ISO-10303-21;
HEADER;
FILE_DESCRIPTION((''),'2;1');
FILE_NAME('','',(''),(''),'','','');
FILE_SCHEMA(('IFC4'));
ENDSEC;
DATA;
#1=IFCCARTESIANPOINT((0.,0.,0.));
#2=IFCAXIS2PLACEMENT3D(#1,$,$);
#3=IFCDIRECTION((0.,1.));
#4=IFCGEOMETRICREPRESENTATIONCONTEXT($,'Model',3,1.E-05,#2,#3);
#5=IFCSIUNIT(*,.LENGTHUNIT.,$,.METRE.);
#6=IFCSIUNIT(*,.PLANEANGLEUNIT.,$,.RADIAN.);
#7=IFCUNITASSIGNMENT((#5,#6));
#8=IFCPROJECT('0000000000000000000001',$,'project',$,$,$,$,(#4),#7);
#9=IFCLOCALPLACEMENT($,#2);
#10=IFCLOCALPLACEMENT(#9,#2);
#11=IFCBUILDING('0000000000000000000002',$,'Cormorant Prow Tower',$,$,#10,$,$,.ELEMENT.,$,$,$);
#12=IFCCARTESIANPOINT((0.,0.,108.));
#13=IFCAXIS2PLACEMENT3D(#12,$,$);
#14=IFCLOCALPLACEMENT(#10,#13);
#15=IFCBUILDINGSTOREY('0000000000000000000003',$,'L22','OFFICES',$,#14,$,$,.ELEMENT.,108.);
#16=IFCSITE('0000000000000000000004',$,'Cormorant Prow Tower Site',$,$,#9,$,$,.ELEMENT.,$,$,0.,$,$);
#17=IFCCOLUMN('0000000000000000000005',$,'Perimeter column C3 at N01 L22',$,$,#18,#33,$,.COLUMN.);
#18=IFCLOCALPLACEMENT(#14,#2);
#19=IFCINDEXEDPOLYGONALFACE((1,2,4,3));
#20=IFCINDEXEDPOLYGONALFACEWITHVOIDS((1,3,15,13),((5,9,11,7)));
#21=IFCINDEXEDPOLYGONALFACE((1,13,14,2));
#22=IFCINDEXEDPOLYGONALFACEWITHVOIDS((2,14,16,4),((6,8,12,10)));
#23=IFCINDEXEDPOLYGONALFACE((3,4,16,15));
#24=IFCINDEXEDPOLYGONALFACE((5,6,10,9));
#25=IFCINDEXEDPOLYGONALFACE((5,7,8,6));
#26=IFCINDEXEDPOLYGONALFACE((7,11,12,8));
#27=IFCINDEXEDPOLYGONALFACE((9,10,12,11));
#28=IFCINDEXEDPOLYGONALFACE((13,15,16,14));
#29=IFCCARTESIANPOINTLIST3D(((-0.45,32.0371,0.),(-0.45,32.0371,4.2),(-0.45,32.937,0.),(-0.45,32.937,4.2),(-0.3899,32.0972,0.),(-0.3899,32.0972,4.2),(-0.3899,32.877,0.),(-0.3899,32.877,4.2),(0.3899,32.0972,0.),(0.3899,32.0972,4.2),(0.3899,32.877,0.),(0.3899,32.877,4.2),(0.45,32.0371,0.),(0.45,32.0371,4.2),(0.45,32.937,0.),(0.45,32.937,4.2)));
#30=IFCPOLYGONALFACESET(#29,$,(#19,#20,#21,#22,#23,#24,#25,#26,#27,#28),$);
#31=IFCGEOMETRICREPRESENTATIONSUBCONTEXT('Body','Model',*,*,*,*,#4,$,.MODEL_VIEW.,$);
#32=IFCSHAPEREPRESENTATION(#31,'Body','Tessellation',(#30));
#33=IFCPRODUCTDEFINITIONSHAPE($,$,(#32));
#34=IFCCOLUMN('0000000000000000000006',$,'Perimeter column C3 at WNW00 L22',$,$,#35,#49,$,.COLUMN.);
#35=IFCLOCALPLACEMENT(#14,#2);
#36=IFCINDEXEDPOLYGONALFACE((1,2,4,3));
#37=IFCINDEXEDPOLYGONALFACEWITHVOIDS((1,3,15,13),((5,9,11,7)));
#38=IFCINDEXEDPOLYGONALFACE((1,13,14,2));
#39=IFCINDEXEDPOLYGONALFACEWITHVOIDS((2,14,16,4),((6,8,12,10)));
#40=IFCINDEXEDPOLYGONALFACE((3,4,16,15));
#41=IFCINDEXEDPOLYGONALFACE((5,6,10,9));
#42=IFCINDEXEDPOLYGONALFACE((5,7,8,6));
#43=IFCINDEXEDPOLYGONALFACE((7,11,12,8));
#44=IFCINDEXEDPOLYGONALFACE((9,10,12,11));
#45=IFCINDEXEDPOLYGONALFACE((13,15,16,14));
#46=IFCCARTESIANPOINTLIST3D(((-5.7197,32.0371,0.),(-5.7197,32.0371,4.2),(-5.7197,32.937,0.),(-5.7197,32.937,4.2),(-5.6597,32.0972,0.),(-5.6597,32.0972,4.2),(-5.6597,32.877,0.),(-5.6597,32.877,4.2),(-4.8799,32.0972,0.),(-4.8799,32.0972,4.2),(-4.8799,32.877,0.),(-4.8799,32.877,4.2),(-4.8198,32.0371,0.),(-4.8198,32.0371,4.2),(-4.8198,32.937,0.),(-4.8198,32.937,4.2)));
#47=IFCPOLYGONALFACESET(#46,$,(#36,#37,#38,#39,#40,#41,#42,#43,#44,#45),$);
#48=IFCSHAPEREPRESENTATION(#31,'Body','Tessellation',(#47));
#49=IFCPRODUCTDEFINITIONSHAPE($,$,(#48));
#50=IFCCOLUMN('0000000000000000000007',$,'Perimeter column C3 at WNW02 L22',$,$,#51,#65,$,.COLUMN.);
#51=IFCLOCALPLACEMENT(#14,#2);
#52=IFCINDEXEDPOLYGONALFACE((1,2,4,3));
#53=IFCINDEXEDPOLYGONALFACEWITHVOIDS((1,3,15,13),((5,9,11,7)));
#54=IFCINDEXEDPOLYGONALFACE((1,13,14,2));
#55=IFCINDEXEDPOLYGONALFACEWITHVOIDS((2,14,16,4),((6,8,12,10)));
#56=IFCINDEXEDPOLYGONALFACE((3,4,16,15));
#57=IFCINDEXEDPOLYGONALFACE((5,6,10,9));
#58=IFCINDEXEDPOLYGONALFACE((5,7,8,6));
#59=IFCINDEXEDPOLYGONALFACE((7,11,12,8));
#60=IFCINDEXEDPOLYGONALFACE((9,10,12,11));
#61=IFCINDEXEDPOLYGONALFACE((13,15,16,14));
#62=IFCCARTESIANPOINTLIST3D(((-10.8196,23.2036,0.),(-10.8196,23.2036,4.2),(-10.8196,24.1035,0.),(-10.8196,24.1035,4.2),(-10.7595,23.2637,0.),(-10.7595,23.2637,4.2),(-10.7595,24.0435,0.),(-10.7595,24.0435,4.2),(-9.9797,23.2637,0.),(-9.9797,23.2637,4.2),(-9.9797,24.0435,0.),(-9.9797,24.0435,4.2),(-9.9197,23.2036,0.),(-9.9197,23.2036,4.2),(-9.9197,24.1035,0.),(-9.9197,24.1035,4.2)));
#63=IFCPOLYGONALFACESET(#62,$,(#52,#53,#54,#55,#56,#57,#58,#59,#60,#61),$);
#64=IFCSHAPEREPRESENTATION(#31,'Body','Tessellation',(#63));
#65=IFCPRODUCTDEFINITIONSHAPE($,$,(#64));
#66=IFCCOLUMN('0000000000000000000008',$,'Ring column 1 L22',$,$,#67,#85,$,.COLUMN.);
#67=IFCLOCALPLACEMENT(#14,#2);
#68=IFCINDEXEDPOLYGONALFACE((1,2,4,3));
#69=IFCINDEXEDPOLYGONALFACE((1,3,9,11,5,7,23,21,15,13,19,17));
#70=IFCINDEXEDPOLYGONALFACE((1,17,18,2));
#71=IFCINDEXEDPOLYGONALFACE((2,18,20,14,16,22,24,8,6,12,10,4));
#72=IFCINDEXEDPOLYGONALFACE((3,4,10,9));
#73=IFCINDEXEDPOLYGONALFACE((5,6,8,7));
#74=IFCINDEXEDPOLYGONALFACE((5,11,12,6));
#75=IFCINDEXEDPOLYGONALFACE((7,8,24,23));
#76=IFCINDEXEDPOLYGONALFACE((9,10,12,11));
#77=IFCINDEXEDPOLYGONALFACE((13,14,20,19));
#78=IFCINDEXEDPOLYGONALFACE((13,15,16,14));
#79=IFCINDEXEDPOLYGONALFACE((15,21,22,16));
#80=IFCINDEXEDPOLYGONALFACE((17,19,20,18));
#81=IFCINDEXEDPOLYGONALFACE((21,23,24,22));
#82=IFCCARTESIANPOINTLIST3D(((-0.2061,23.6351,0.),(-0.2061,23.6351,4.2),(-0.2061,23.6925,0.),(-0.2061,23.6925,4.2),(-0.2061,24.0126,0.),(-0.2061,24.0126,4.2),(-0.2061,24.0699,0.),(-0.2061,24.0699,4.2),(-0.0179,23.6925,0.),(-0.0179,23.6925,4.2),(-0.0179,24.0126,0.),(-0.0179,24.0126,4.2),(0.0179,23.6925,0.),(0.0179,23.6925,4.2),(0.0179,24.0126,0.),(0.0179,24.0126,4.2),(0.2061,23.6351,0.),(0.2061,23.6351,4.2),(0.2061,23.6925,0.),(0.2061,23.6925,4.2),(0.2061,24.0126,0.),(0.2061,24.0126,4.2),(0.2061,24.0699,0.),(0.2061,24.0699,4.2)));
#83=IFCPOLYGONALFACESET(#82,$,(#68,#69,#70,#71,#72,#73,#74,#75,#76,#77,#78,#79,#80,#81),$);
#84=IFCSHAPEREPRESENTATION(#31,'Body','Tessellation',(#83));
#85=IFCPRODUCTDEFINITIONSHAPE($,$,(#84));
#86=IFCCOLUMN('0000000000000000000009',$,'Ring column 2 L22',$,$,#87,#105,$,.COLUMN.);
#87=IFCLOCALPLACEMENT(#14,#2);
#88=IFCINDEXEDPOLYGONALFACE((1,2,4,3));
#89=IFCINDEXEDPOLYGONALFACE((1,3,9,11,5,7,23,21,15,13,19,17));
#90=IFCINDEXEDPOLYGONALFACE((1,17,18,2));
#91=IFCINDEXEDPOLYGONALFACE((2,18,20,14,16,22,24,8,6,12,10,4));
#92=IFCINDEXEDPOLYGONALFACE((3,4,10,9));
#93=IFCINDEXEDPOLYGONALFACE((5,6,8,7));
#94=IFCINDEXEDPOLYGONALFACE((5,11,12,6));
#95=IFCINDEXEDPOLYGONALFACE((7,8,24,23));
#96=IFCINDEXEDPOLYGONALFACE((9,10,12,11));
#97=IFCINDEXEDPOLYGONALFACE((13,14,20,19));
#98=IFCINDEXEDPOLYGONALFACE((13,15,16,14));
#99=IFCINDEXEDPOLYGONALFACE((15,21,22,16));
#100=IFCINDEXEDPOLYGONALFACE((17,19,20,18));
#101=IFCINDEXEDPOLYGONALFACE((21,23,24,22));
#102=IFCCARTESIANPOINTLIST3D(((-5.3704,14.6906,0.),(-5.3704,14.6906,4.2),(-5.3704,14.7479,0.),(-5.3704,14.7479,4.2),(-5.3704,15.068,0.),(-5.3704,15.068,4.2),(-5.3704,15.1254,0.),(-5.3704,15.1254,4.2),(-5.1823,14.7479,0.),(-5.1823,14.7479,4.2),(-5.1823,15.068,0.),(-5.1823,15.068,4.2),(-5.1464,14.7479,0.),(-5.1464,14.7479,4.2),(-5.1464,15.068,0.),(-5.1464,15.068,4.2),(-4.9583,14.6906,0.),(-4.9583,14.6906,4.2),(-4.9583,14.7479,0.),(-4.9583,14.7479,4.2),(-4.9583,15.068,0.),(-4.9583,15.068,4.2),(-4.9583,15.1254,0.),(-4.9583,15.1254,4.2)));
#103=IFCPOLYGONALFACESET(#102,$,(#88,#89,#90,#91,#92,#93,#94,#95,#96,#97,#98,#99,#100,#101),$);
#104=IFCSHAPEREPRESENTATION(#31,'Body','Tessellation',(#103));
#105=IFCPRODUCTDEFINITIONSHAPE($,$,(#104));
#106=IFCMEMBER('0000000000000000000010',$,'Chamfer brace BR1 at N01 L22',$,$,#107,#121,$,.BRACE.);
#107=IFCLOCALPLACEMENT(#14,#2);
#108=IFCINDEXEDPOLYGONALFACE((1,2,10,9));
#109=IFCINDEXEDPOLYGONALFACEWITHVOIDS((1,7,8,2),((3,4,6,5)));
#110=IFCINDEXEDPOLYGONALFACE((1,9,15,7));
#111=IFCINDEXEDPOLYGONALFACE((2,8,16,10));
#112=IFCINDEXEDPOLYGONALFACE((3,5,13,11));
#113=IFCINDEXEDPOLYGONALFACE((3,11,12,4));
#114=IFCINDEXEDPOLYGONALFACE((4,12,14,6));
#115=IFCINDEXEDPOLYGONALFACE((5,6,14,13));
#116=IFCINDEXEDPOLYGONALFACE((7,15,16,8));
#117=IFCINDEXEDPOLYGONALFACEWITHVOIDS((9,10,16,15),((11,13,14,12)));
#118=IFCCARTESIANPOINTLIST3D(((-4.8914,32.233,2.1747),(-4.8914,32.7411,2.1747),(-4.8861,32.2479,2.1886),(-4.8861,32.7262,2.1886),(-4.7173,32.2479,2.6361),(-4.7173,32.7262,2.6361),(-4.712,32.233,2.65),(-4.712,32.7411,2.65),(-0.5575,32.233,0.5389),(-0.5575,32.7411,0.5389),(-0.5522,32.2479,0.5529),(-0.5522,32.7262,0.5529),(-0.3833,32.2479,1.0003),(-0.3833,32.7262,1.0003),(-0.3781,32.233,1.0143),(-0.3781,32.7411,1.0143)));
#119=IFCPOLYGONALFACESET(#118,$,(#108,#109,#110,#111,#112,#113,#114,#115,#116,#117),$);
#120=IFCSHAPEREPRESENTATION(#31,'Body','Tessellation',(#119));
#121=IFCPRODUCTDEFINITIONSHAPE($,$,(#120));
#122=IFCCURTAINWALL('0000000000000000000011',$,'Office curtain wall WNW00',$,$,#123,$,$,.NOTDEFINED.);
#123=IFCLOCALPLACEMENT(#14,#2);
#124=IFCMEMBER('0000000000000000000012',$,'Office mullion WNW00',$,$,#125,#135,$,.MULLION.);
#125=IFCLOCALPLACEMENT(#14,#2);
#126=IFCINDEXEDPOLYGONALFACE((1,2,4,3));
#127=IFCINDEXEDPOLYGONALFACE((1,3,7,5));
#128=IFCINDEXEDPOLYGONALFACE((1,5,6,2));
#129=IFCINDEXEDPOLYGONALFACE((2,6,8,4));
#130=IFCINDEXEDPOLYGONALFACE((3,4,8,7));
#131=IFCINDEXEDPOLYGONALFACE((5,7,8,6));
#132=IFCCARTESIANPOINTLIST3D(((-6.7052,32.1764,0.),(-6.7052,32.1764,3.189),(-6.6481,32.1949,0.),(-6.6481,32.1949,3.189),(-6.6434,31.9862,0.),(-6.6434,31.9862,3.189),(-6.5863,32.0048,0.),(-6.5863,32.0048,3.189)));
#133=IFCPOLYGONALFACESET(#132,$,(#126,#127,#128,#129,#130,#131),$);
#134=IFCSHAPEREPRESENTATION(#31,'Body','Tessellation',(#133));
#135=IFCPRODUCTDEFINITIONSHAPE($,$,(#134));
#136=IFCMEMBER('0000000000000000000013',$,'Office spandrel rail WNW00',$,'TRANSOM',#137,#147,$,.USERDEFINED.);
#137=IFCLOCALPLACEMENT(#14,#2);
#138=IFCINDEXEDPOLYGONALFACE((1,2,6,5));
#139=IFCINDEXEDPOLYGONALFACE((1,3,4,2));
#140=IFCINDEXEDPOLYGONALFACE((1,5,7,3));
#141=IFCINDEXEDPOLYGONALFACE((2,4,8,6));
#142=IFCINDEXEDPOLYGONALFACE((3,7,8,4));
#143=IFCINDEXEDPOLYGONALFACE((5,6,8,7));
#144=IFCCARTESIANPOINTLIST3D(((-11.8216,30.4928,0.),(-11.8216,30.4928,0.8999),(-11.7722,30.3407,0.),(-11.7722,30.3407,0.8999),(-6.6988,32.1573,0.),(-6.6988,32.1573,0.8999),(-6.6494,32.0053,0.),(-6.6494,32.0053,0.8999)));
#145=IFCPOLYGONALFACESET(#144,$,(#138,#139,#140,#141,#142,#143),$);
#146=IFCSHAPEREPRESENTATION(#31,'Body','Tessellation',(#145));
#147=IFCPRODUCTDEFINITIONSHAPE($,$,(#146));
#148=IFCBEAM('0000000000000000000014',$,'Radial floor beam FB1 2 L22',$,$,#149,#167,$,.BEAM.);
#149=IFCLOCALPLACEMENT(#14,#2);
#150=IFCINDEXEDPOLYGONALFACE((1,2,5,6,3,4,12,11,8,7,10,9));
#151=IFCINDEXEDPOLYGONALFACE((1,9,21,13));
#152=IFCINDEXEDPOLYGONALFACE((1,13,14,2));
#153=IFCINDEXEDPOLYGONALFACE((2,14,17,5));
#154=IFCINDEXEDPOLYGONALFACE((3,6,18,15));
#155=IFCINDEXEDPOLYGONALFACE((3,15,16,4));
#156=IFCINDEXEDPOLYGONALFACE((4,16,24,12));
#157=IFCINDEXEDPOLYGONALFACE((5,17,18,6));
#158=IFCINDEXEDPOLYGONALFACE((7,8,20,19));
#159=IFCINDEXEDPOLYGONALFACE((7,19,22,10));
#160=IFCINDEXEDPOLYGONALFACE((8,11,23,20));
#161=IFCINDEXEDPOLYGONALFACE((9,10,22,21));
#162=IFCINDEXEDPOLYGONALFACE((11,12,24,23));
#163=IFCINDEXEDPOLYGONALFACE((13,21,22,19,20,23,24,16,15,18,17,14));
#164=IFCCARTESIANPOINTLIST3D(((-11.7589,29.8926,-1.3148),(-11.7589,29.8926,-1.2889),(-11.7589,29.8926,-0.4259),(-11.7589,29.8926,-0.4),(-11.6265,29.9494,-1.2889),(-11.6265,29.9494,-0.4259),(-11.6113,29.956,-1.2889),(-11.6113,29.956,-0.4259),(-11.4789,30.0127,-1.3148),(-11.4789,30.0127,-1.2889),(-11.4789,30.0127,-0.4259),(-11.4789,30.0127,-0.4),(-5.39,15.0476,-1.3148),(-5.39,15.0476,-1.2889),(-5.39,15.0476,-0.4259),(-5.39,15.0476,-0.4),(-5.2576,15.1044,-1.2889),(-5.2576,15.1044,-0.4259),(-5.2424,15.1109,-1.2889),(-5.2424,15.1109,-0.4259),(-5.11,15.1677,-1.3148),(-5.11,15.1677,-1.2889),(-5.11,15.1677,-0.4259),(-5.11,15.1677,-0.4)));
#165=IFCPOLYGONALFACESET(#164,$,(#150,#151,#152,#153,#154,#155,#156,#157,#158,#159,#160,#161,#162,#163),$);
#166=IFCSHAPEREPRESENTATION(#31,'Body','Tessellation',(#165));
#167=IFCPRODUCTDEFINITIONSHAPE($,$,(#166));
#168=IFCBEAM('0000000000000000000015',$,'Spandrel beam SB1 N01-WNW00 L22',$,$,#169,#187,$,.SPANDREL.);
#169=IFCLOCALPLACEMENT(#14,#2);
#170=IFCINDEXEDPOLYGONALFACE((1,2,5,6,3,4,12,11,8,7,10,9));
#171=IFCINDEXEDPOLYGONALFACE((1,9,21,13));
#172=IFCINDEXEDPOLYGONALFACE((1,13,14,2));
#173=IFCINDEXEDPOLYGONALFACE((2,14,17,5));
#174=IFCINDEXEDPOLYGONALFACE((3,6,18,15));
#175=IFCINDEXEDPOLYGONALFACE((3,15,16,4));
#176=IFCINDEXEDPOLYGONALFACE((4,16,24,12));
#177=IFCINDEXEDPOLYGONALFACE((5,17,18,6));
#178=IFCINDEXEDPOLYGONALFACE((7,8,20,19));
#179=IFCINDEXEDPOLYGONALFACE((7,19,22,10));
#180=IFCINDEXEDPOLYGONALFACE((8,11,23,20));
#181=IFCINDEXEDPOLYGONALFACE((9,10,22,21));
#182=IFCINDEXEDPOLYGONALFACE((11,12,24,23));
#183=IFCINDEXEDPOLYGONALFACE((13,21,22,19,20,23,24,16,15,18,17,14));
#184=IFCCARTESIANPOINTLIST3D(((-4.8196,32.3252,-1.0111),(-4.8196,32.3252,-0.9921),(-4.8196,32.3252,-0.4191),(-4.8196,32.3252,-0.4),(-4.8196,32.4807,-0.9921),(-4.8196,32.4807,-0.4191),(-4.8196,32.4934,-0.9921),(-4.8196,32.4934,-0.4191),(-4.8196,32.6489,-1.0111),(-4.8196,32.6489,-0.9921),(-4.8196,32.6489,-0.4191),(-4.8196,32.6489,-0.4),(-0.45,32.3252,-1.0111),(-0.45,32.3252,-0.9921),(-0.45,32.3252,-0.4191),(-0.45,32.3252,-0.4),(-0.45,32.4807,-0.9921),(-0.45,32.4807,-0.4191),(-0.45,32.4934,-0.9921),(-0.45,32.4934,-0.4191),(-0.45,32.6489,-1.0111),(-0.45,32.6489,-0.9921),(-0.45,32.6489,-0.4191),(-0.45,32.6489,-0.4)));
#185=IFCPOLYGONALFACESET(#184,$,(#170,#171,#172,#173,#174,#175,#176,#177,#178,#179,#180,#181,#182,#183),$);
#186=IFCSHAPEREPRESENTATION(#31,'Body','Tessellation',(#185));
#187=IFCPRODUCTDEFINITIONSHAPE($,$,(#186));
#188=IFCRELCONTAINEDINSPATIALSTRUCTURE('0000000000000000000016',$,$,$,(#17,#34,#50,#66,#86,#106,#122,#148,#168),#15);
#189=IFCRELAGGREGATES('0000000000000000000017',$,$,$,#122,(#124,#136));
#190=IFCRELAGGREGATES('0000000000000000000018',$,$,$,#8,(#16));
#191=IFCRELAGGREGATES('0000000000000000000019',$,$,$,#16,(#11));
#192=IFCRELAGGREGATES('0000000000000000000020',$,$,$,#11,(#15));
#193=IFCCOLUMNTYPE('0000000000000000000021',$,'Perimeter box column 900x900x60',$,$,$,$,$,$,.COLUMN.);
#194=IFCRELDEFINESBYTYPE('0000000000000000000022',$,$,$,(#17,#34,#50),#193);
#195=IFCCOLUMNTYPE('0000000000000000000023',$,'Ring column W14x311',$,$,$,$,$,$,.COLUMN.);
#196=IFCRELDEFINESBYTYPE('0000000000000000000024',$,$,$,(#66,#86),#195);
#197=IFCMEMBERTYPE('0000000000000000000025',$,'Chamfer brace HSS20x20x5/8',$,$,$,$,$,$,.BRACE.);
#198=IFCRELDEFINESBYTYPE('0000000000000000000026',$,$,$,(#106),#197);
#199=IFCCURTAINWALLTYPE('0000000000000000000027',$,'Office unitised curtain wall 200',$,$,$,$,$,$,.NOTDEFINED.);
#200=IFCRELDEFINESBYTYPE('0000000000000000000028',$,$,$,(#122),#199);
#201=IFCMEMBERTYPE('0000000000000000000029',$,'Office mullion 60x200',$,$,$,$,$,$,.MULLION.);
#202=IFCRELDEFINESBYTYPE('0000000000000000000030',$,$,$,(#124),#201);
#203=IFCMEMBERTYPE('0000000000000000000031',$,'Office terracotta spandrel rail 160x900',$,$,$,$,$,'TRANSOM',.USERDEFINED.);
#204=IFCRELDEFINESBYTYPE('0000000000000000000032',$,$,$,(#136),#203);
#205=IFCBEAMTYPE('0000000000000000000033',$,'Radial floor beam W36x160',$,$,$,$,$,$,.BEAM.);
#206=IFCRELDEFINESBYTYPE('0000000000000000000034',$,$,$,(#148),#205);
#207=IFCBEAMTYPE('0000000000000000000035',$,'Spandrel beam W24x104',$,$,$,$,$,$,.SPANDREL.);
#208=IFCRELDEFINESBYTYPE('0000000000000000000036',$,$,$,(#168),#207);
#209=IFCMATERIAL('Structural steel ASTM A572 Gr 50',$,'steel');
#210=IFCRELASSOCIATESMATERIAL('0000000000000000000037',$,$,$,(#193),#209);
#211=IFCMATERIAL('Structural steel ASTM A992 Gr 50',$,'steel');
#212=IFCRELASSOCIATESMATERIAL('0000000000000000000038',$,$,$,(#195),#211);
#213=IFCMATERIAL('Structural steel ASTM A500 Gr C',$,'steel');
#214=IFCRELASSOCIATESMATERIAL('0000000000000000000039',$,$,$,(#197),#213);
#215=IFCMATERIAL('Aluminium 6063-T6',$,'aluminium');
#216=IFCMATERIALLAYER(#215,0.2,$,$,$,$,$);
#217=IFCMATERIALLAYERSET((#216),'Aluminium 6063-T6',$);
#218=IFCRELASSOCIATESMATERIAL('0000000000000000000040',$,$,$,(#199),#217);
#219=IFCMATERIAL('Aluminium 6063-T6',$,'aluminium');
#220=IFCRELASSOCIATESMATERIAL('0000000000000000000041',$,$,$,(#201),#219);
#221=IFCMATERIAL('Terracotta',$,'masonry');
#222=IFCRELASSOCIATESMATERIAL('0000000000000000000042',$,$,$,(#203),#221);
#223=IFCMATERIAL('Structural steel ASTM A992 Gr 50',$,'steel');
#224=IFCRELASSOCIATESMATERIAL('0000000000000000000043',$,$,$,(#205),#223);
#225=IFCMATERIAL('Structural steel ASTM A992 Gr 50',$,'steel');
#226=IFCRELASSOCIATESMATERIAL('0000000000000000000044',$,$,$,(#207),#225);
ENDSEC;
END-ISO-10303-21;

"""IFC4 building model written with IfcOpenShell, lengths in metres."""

from ifc_helpers import new_model, si_unit, direction, frame, origin, origin_2d, place, context, subcontext, project, spatial, rectangle, hollow_rectangle, i_section, extrude, material, layer, layer_set, material_profile, profile_set, type_object, element, aggregate, save


model = new_model("IFC4")

# Units and contexts
model_context = context("Model", 3, precision=1e-05, world=origin(), true_north=direction((0.0, 1.0)))
body_context = subcontext(model_context, "Body", "Model", "MODEL_VIEW")
ifc_project = project(units=[si_unit("LENGTHUNIT", "METRE"), si_unit("PLANEANGLEUNIT", "RADIAN")], contexts=[model_context])

# Site, building, storey
site_placement = place(None, origin())
site = spatial("IfcSite", under=ifc_project, at=site_placement, Name="Cormorant Prow Tower Site", CompositionType="ELEMENT", RefElevation=0.0)
building_placement = place(site_placement, origin())
building = spatial("IfcBuilding", under=site, at=building_placement, Name="Cormorant Prow Tower", CompositionType="ELEMENT")
storey_placement = place(building_placement, frame((0.0, 0.0, 108.0)))
storey = spatial("IfcBuildingStorey", under=building, at=storey_placement, Name="L22", Description="OFFICES", CompositionType="ELEMENT", Elevation=108.0)

# Columns
ifc_material_1 = material(Name="Structural steel ASTM A572 Gr 50", Category="steel")
ifc_material_profile_1 = material_profile(ifc_material_1, hollow_rectangle(XDim=0.8999, YDim=0.8999, WallThickness=0.0601, at=origin_2d()), Name="Box 900x900x60")
ifc_profile_set_1 = profile_set([ifc_material_profile_1], Name="Structural steel ASTM A572 Gr 50")
column_type_1 = type_object("IfcColumnType", Name="Perimeter box column 900x900x60", PredefinedType="COLUMN", material=ifc_profile_set_1)
for number, where, z_axis, x_axis, name in (
    (1, (0.0, 32.4871, 0.0), (0.0, 0.0, 1.0), (1.0, 0.0, 0.0), "Perimeter column C3 at N01 L22"),
    (2, (-5.2698, 32.4871, 0.0), (0.0, 0.0, 1.0), (1.0, 0.0, 0.0), "Perimeter column C3 at WNW00 L22"),
    (3, (-10.3696, 23.6536, 0.0), (0.0, 0.0, 1.0), (1.0, 0.0, 0.0), "Perimeter column C3 at WNW02 L22"),
):
    element("IfcColumn", number, at=place(storey_placement, frame(where, z_axis=z_axis, x_axis=x_axis)), inside=storey, type_object=column_type_1, Name=name, PredefinedType="COLUMN", context=body_context, shape_type="SweptSolid", body=[
        extrude(hollow_rectangle(XDim=0.8999, YDim=0.8999, WallThickness=0.0601, at=origin_2d()), origin(), (0.0, 0.0, 1.0), 4.2),
    ])
ifc_material_2 = material(Name="Structural steel ASTM A992 Gr 50", Category="steel")
ifc_material_profile_2 = material_profile(ifc_material_2, i_section(OverallWidth=0.4121, OverallDepth=0.4348, WebThickness=0.0359, FlangeThickness=0.0574, at=origin_2d()), Name="W14x311")
ifc_profile_set_2 = profile_set([ifc_material_profile_2], Name="Structural steel ASTM A992 Gr 50")
column_type_2 = type_object("IfcColumnType", Name="Ring column W14x311", PredefinedType="COLUMN", material=ifc_profile_set_2)
for number, where, z_axis, x_axis, name in (
    (4, (0.0, 23.8525, 0.0), (0.0, 0.0, 1.0), (1.0, 0.0, 0.0), "Ring column 1 L22"),
    (5, (-5.1643, 14.908, 0.0), (0.0, 0.0, 1.0), (1.0, 0.0, 0.0), "Ring column 2 L22"),
):
    element("IfcColumn", number, at=place(storey_placement, frame(where, z_axis=z_axis, x_axis=x_axis)), inside=storey, type_object=column_type_2, Name=name, PredefinedType="COLUMN", context=body_context, shape_type="SweptSolid", body=[
        extrude(i_section(OverallWidth=0.4121, OverallDepth=0.4348, WebThickness=0.0359, FlangeThickness=0.0574, at=origin_2d()), origin(), (0.0, 0.0, 1.0), 4.2),
    ])

# Member
ifc_material_3 = material(Name="Structural steel ASTM A500 Gr C", Category="steel")
ifc_material_profile_3 = material_profile(ifc_material_3, hollow_rectangle(XDim=0.5081, YDim=0.5081, WallThickness=0.0149, at=origin_2d()), Name="HSS20x20x5/8")
ifc_profile_set_3 = profile_set([ifc_material_profile_3], Name="Structural steel ASTM A500 Gr C")
member_type_1 = type_object("IfcMemberType", Name="Chamfer brace HSS20x20x5/8", PredefinedType="BRACE", material=ifc_profile_set_3)
member_1_placement = place(storey_placement, frame((-0.4678, 32.4871, 0.7766), z_axis=(-0.935582, 0.0, 0.353109), x_axis=(0.0, -1.0, 0.0)))
element("IfcMember", 6, at=member_1_placement, inside=storey, type_object=member_type_1, Name="Chamfer brace BR1 at N01 L22", PredefinedType="BRACE", context=body_context, shape_type="SweptSolid", body=[
    extrude(hollow_rectangle(XDim=0.5081, YDim=0.5081, WallThickness=0.0149, at=origin_2d()), origin(), (0.0, 0.0, 1.0), 4.6323),
])

# Curtain wall, members
ifc_material_4 = material(Name="Aluminium 6063-T6", Category="aluminium")
ifc_layer_1 = layer(ifc_material_4, 0.2)
ifc_layer_set_1 = layer_set([ifc_layer_1], Name="Aluminium 6063-T6")
curtain_wall_type = type_object("IfcCurtainWallType", Name="Office unitised curtain wall 200", PredefinedType="NOTDEFINED", material=ifc_layer_set_1)
curtain_wall_placement = place(storey_placement, origin())
curtain_wall = element("IfcCurtainWall", 7, at=curtain_wall_placement, inside=storey, type_object=curtain_wall_type, Name="Office curtain wall WNW00", PredefinedType="NOTDEFINED")
ifc_material_5 = material(Name="Aluminium 6063-T6", Category="aluminium")
ifc_material_profile_4 = material_profile(ifc_material_5, rectangle(XDim=0.2, YDim=0.0601, at=origin_2d()), Name="Office mullion 60x200")
ifc_profile_set_4 = profile_set([ifc_material_profile_4], Name="Aluminium 6063-T6")
member_type_2 = type_object("IfcMemberType", Name="Office mullion 60x200", PredefinedType="MULLION", material=ifc_profile_set_4)
member_2_placement = place(storey_placement, frame((-6.6458, 32.0906, 0.0), z_axis=(0.0, 0.0, 1.0), x_axis=(0.309017, -0.951057, 0.0)))
member_2 = element("IfcMember", 8, at=member_2_placement, type_object=member_type_2, Name="Office mullion WNW00", PredefinedType="MULLION", context=body_context, shape_type="SweptSolid", body=[
    extrude(rectangle(XDim=0.2, YDim=0.0601, at=origin_2d()), origin(), (0.0, 0.0, 1.0), 3.189),
])
ifc_material_6 = material(Name="Terracotta", Category="masonry")
ifc_material_profile_5 = material_profile(ifc_material_6, rectangle(XDim=0.1599, YDim=0.8999, at=origin_2d()), Name="Office terracotta spandrel rail 160x900")
ifc_profile_set_5 = profile_set([ifc_material_profile_5], Name="Terracotta")
member_type_3 = type_object("IfcMemberType", Name="Office terracotta spandrel rail 160x900", ElementType="TRANSOM", PredefinedType="USERDEFINED", material=ifc_profile_set_5)
member_3_placement = place(storey_placement, frame((-6.6741, 32.0813, 0.45), z_axis=(-0.951054, -0.309026, 0.0), x_axis=(0.309026, -0.951054, 0.0)))
member_3 = element("IfcMember", 9, at=member_3_placement, type_object=member_type_3, Name="Office spandrel rail WNW00", ObjectType="TRANSOM", PredefinedType="USERDEFINED", context=body_context, shape_type="SweptSolid", body=[
    extrude(rectangle(XDim=0.1599, YDim=0.8999, at=origin_2d()), origin(), (0.0, 0.0, 1.0), 5.3865),
])

# Beams
ifc_material_7 = material(Name="Structural steel ASTM A992 Gr 50", Category="steel")
ifc_material_profile_6 = material_profile(ifc_material_7, i_section(OverallWidth=0.3047, OverallDepth=0.9148, WebThickness=0.0166, FlangeThickness=0.0259, at=origin_2d()), Name="W36x160")
ifc_profile_set_6 = profile_set([ifc_material_profile_6], Name="Structural steel ASTM A992 Gr 50")
beam_type_1 = type_object("IfcBeamType", Name="Radial floor beam W36x160", PredefinedType="BEAM", material=ifc_profile_set_6)
beam_1_placement = place(storey_placement, frame((-5.25, 15.1077, -0.8574), z_axis=(-0.394273, 0.918993, 0.0), x_axis=(-0.918993, -0.394273, 0.0)))
element("IfcBeam", 10, at=beam_1_placement, inside=storey, type_object=beam_type_1, Name="Radial floor beam FB1 2 L22", PredefinedType="BEAM", context=body_context, shape_type="SweptSolid", body=[
    extrude(i_section(OverallWidth=0.3047, OverallDepth=0.9148, WebThickness=0.0166, FlangeThickness=0.0259, at=origin_2d()), origin(), (0.0, 0.0, 1.0), 16.1536),
])
ifc_material_8 = material(Name="Structural steel ASTM A992 Gr 50", Category="steel")
ifc_material_profile_7 = material_profile(ifc_material_8, i_section(OverallWidth=0.3237, OverallDepth=0.6111, WebThickness=0.0127, FlangeThickness=0.019, at=origin_2d()), Name="W24x104")
ifc_profile_set_7 = profile_set([ifc_material_profile_7], Name="Structural steel ASTM A992 Gr 50")
beam_type_2 = type_object("IfcBeamType", Name="Spandrel beam W24x104", PredefinedType="SPANDREL", material=ifc_profile_set_7)
beam_2_placement = place(storey_placement, frame((-0.45, 32.4871, -0.7056), z_axis=(-1.0, 0.0, 0.0), x_axis=(0.0, -1.0, 0.0)))
element("IfcBeam", 11, at=beam_2_placement, inside=storey, type_object=beam_type_2, Name="Spandrel beam SB1 N01-WNW00 L22", PredefinedType="SPANDREL", context=body_context, shape_type="SweptSolid", body=[
    extrude(i_section(OverallWidth=0.3237, OverallDepth=0.6111, WebThickness=0.0127, FlangeThickness=0.019, at=origin_2d()), origin(), (0.0, 0.0, 1.0), 4.3696),
])

aggregate(curtain_wall, [member_2, member_3])

save(model, "model.ifc")
